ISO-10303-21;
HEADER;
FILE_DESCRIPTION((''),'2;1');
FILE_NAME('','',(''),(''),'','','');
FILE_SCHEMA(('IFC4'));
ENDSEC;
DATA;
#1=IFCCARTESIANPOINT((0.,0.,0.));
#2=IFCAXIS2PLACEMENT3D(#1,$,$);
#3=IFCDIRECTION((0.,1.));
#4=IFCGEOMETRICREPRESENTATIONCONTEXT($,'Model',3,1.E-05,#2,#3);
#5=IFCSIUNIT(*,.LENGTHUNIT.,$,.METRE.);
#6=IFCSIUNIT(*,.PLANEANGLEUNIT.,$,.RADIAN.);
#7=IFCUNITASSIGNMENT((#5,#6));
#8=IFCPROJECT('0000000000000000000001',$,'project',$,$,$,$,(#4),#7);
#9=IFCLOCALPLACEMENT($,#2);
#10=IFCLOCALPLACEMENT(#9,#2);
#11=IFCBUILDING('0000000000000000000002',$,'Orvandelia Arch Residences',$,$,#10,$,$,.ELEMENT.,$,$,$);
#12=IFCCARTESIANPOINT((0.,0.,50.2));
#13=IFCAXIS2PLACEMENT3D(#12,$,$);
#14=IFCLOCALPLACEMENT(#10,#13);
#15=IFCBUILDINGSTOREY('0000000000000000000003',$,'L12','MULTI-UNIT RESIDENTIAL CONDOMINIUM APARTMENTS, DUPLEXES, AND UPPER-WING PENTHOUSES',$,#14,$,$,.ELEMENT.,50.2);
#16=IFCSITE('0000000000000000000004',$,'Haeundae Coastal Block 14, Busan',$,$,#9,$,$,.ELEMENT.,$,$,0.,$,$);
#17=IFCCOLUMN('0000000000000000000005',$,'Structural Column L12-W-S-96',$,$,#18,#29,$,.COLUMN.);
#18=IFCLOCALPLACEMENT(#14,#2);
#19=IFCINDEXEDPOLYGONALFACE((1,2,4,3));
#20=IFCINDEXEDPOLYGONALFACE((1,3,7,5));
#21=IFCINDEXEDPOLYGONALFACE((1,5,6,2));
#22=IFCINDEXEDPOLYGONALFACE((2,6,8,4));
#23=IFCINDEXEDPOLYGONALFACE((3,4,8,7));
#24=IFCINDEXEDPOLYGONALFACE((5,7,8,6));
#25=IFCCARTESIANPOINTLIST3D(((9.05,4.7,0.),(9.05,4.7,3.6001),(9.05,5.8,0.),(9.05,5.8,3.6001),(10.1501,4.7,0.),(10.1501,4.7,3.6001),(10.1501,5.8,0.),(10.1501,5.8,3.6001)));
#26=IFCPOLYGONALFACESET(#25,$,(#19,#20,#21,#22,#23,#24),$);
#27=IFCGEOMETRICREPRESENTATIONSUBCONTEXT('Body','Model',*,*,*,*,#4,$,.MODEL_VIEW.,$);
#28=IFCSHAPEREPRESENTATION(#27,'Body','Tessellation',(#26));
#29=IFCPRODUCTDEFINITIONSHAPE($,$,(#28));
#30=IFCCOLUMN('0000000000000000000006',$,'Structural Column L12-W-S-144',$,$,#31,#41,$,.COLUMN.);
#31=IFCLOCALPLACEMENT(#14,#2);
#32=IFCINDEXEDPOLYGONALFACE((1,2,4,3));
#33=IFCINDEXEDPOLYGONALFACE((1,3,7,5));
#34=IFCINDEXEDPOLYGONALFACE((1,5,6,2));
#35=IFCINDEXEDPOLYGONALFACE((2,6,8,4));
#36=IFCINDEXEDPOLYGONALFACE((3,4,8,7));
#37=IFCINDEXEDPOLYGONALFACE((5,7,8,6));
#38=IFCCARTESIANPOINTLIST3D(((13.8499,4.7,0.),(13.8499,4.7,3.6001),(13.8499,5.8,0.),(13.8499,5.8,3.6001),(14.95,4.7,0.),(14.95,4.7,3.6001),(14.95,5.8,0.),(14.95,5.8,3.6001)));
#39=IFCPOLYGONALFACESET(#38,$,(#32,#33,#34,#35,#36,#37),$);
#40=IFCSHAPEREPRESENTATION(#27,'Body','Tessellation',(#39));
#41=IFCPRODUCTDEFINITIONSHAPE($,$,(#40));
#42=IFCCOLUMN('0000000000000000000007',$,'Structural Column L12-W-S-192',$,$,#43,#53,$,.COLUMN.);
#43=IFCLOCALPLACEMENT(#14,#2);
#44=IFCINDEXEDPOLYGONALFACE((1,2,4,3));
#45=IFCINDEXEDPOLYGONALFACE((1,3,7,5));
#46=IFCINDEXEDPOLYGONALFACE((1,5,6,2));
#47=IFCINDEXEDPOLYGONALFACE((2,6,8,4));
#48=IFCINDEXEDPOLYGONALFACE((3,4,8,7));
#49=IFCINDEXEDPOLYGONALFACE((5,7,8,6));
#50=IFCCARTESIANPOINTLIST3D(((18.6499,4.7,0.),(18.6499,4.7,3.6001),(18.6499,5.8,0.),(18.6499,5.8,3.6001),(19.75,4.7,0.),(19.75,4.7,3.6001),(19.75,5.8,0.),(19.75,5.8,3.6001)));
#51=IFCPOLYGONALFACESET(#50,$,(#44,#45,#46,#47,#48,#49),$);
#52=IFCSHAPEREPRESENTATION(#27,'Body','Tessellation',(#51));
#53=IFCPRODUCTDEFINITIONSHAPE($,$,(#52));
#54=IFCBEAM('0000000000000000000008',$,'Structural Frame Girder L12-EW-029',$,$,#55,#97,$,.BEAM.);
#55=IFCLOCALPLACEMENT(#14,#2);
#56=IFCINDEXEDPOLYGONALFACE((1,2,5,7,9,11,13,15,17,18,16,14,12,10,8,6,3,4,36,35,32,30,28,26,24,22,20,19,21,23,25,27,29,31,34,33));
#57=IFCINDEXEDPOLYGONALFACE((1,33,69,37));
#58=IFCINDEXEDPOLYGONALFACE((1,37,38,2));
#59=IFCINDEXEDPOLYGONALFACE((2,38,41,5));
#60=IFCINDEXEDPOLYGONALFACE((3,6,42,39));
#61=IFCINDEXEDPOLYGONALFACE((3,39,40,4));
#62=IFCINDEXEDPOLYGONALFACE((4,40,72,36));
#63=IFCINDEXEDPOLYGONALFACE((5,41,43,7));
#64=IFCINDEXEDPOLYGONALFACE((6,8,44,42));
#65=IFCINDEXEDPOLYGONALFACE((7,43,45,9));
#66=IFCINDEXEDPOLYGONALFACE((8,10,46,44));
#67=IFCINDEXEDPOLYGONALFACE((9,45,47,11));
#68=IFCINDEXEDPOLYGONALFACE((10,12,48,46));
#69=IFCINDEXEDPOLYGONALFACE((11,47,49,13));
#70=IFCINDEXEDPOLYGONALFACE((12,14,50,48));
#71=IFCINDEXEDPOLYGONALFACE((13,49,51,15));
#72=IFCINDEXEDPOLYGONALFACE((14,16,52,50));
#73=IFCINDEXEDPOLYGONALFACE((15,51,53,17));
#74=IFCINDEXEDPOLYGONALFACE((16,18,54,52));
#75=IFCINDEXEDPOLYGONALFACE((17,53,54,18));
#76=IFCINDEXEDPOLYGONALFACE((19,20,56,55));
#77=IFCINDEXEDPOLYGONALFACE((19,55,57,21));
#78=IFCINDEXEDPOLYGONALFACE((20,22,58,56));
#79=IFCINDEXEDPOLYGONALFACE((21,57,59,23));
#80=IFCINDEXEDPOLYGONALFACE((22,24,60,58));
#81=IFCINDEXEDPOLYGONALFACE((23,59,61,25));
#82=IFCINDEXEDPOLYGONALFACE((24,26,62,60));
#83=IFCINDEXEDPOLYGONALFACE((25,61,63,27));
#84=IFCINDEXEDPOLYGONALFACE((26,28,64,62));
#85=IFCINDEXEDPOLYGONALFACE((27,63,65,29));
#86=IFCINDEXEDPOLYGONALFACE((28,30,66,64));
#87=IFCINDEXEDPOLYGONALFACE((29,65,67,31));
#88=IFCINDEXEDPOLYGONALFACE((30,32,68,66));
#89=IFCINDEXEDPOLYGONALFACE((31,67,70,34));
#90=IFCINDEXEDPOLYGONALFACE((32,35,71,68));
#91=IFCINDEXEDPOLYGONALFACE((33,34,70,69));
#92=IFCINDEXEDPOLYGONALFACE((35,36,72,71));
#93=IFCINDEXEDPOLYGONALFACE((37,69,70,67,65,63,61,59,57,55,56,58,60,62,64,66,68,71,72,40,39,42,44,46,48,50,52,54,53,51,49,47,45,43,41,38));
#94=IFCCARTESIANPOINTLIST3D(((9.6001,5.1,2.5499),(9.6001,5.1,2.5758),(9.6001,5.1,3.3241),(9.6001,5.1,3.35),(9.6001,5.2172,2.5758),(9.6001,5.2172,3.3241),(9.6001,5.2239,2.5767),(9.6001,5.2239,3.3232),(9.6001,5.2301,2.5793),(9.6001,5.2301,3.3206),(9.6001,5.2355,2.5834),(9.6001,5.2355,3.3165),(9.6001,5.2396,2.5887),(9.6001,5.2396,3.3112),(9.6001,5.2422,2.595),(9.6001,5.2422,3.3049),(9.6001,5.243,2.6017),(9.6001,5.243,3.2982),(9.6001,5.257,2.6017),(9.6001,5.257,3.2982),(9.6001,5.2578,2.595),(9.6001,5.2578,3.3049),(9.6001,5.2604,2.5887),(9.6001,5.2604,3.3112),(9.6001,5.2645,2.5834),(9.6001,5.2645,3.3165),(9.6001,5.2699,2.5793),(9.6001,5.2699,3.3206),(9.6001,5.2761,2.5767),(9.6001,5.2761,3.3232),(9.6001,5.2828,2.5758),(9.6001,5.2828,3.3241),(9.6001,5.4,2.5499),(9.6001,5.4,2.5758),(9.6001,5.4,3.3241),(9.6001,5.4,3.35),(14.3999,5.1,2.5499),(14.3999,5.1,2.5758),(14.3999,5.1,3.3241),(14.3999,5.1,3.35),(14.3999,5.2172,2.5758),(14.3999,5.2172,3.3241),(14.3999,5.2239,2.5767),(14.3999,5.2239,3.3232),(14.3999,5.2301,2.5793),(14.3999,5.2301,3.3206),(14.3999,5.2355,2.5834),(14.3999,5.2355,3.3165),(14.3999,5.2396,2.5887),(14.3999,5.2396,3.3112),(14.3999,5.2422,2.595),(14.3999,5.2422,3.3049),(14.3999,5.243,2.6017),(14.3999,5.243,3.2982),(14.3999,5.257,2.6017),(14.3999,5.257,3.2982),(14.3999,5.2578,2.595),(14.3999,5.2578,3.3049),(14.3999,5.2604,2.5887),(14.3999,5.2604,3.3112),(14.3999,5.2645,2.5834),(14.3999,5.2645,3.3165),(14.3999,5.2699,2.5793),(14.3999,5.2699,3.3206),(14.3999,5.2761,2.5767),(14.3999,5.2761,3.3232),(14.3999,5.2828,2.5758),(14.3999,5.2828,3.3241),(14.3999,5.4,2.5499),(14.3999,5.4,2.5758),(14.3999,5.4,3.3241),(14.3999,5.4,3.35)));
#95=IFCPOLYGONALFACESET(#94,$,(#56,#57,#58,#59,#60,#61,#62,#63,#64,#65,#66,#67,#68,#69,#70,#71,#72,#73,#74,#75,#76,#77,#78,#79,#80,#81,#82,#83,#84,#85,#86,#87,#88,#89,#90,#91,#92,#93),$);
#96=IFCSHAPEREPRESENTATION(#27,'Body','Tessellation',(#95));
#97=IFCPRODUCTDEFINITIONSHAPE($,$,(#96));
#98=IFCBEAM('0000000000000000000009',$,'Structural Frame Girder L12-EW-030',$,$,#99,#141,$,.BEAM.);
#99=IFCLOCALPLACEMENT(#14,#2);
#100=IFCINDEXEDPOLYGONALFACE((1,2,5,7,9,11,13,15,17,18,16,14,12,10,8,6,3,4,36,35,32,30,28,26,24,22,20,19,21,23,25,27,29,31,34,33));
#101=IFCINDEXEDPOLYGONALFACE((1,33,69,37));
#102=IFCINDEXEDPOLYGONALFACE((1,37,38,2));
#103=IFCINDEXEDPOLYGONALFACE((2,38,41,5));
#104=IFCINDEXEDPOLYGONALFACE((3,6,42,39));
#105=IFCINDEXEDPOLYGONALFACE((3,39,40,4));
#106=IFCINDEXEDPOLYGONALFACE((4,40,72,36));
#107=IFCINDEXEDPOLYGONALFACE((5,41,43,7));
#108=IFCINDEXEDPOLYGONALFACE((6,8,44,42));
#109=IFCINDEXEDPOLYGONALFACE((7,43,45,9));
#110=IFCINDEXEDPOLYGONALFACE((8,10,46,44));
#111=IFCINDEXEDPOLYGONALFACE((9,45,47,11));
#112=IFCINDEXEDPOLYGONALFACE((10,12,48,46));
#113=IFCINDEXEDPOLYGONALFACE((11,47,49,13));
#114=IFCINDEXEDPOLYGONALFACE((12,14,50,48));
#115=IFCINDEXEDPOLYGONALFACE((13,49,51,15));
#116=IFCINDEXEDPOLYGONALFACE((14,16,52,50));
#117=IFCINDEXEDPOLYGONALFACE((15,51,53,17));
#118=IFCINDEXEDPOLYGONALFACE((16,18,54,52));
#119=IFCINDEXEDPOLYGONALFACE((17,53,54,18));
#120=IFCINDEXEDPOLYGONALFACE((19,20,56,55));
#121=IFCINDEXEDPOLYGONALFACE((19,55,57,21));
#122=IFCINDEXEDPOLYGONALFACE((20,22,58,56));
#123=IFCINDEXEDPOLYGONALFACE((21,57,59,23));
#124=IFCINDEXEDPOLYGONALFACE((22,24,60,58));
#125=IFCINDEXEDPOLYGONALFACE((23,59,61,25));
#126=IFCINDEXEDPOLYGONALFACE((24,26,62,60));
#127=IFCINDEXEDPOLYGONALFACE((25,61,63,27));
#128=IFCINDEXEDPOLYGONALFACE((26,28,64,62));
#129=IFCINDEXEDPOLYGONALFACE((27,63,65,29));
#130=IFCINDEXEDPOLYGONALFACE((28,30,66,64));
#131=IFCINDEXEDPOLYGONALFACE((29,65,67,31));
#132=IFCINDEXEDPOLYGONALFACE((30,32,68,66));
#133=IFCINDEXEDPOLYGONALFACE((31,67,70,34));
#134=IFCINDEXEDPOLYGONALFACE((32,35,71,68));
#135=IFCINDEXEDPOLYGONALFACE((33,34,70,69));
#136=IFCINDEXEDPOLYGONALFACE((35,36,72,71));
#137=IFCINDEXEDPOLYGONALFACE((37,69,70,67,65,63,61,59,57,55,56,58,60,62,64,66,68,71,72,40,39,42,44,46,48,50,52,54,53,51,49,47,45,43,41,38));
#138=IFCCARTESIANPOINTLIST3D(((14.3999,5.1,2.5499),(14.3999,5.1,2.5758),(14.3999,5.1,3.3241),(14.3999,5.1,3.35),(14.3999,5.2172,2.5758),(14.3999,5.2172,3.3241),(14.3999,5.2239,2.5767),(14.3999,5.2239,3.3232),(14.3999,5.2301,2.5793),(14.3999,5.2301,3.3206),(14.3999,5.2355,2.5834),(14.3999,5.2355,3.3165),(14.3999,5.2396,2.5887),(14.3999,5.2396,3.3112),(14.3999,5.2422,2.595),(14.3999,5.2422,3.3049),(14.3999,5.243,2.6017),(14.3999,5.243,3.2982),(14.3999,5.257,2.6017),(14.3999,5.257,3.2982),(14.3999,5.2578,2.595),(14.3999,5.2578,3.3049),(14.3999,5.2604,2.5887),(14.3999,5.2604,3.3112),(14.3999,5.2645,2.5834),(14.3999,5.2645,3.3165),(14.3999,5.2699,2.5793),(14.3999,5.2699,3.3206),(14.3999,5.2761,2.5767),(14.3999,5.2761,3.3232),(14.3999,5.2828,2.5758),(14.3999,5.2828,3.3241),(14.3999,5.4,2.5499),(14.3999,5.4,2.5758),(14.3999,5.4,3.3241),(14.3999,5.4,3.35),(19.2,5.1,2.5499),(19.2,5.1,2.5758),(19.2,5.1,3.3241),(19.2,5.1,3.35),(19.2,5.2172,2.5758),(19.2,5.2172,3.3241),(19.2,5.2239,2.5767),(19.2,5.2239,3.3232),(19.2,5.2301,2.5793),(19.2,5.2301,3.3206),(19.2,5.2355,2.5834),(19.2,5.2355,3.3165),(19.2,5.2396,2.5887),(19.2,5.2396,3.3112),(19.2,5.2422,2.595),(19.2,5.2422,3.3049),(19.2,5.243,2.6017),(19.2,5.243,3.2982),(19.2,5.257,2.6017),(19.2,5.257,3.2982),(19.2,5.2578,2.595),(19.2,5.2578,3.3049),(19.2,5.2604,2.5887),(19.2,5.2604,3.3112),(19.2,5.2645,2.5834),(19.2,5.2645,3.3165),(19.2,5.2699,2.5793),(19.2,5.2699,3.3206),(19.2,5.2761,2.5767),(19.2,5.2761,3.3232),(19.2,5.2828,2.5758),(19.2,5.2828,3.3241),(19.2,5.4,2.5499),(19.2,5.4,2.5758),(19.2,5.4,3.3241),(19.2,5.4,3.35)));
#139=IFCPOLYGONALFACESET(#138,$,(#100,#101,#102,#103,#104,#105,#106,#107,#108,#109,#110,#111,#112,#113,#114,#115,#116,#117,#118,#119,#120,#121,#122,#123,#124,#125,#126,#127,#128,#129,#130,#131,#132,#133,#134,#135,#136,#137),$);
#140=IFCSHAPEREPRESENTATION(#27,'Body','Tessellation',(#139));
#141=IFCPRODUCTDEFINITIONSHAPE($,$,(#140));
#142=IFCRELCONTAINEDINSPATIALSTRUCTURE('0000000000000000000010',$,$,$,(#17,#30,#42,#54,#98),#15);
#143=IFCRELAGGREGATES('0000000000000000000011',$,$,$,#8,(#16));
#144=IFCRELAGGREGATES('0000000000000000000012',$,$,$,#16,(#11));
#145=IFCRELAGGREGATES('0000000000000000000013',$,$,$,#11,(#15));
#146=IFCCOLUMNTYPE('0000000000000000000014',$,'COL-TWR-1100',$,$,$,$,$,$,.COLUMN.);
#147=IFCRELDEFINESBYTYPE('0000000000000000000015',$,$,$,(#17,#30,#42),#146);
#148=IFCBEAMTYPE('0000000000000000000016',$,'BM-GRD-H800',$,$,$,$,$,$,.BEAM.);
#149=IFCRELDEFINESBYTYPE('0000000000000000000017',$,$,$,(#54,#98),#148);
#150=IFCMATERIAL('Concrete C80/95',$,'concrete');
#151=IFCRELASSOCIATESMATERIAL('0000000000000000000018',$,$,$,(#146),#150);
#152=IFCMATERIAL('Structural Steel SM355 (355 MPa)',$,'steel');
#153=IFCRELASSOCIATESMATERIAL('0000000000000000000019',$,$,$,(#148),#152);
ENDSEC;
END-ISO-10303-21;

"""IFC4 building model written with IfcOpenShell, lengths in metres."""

from ifc_helpers import new_model, si_unit, direction, frame, origin, origin_2d, place, context, subcontext, project, spatial, rectangle, i_section, extrude, material, material_profile, profile_set, type_object, element, save


model = new_model("IFC4")

# Units and contexts
model_context = context("Model", 3, precision=1e-05, world=origin(), true_north=direction((0.0, 1.0)))
body_context = subcontext(model_context, "Body", "Model", "MODEL_VIEW")
ifc_project = project(units=[si_unit("LENGTHUNIT", "METRE"), si_unit("PLANEANGLEUNIT", "RADIAN")], contexts=[model_context])

# Site, building, storey
site_placement = place(None, origin())
site = spatial("IfcSite", under=ifc_project, at=site_placement, Name="Haeundae Coastal Block 14, Busan", CompositionType="ELEMENT", RefElevation=0.0)
building_placement = place(site_placement, origin())
building = spatial("IfcBuilding", under=site, at=building_placement, Name="Orvandelia Arch Residences", CompositionType="ELEMENT")
storey_placement = place(building_placement, frame((0.0, 0.0, 50.2)))
storey = spatial("IfcBuildingStorey", under=building, at=storey_placement, Name="L12", Description="MULTI-UNIT RESIDENTIAL CONDOMINIUM APARTMENTS, DUPLEXES, AND UPPER-WING PENTHOUSES", CompositionType="ELEMENT", Elevation=50.2)

# Columns
ifc_material_1 = material(Name="Concrete C80/95", Category="concrete")
ifc_material_profile_1 = material_profile(ifc_material_1, rectangle(XDim=1.1001, YDim=1.1001, at=origin_2d()), Name="Concrete C80/95", Category="concrete")
ifc_profile_set_1 = profile_set([ifc_material_profile_1], Name="Concrete C80/95")
column_type = type_object("IfcColumnType", Name="COL-TWR-1100", PredefinedType="COLUMN", material=ifc_profile_set_1)
for number, where, z_axis, x_axis, name in (
    (1, (9.6001, 5.25, 0.0), (0.0, 0.0, 1.0), (1.0, 0.0, 0.0), "Structural Column L12-W-S-96"),
    (2, (14.3999, 5.25, 0.0), (0.0, 0.0, 1.0), (1.0, 0.0, 0.0), "Structural Column L12-W-S-144"),
    (3, (19.2, 5.25, 0.0), (0.0, 0.0, 1.0), (1.0, 0.0, 0.0), "Structural Column L12-W-S-192"),
):
    element("IfcColumn", number, at=place(storey_placement, frame(where, z_axis=z_axis, x_axis=x_axis)), inside=storey, type_object=column_type, Name=name, PredefinedType="COLUMN", context=body_context, shape_type="SweptSolid", body=[
        extrude(rectangle(XDim=1.1001, YDim=1.1001, at=origin_2d()), origin(), (0.0, 0.0, 1.0), 3.6001),
    ])

# Beams
ifc_material_2 = material(Name="Structural Steel SM355 (355 MPa)", Category="steel")
ifc_material_profile_2 = material_profile(ifc_material_2, i_section(OverallWidth=0.3, OverallDepth=0.8, WebThickness=0.0139, FlangeThickness=0.0259, FilletRadius=0.0259, at=origin_2d()), Name="Structural Steel SM355 (355 MPa)", Category="steel")
ifc_profile_set_2 = profile_set([ifc_material_profile_2], Name="Structural Steel SM355 (355 MPa)")
beam_type = type_object("IfcBeamType", Name="BM-GRD-H800", PredefinedType="BEAM", material=ifc_profile_set_2)
beam_1_placement = place(storey_placement, frame((9.6001, 5.25, 2.95), z_axis=(1.0, 0.0, 0.0), x_axis=(0.0, 1.0, 0.0)))
element("IfcBeam", 4, at=beam_1_placement, inside=storey, type_object=beam_type, Name="Structural Frame Girder L12-EW-029", PredefinedType="BEAM", context=body_context, shape_type="SweptSolid", body=[
    extrude(i_section(OverallWidth=0.3, OverallDepth=0.8, WebThickness=0.0139, FlangeThickness=0.0259, FilletRadius=0.0259, at=origin_2d()), origin(), (0.0, 0.0, 1.0), 4.7998),
])
beam_2_placement = place(storey_placement, frame((14.3999, 5.25, 2.95), z_axis=(1.0, 0.0, 0.0), x_axis=(0.0, 1.0, 0.0)))
element("IfcBeam", 5, at=beam_2_placement, inside=storey, type_object=beam_type, Name="Structural Frame Girder L12-EW-030", PredefinedType="BEAM", context=body_context, shape_type="SweptSolid", body=[
    extrude(i_section(OverallWidth=0.3, OverallDepth=0.8, WebThickness=0.0139, FlangeThickness=0.0259, FilletRadius=0.0259, at=origin_2d()), origin(), (0.0, 0.0, 1.0), 4.8),
])

save(model, "model.ifc")
